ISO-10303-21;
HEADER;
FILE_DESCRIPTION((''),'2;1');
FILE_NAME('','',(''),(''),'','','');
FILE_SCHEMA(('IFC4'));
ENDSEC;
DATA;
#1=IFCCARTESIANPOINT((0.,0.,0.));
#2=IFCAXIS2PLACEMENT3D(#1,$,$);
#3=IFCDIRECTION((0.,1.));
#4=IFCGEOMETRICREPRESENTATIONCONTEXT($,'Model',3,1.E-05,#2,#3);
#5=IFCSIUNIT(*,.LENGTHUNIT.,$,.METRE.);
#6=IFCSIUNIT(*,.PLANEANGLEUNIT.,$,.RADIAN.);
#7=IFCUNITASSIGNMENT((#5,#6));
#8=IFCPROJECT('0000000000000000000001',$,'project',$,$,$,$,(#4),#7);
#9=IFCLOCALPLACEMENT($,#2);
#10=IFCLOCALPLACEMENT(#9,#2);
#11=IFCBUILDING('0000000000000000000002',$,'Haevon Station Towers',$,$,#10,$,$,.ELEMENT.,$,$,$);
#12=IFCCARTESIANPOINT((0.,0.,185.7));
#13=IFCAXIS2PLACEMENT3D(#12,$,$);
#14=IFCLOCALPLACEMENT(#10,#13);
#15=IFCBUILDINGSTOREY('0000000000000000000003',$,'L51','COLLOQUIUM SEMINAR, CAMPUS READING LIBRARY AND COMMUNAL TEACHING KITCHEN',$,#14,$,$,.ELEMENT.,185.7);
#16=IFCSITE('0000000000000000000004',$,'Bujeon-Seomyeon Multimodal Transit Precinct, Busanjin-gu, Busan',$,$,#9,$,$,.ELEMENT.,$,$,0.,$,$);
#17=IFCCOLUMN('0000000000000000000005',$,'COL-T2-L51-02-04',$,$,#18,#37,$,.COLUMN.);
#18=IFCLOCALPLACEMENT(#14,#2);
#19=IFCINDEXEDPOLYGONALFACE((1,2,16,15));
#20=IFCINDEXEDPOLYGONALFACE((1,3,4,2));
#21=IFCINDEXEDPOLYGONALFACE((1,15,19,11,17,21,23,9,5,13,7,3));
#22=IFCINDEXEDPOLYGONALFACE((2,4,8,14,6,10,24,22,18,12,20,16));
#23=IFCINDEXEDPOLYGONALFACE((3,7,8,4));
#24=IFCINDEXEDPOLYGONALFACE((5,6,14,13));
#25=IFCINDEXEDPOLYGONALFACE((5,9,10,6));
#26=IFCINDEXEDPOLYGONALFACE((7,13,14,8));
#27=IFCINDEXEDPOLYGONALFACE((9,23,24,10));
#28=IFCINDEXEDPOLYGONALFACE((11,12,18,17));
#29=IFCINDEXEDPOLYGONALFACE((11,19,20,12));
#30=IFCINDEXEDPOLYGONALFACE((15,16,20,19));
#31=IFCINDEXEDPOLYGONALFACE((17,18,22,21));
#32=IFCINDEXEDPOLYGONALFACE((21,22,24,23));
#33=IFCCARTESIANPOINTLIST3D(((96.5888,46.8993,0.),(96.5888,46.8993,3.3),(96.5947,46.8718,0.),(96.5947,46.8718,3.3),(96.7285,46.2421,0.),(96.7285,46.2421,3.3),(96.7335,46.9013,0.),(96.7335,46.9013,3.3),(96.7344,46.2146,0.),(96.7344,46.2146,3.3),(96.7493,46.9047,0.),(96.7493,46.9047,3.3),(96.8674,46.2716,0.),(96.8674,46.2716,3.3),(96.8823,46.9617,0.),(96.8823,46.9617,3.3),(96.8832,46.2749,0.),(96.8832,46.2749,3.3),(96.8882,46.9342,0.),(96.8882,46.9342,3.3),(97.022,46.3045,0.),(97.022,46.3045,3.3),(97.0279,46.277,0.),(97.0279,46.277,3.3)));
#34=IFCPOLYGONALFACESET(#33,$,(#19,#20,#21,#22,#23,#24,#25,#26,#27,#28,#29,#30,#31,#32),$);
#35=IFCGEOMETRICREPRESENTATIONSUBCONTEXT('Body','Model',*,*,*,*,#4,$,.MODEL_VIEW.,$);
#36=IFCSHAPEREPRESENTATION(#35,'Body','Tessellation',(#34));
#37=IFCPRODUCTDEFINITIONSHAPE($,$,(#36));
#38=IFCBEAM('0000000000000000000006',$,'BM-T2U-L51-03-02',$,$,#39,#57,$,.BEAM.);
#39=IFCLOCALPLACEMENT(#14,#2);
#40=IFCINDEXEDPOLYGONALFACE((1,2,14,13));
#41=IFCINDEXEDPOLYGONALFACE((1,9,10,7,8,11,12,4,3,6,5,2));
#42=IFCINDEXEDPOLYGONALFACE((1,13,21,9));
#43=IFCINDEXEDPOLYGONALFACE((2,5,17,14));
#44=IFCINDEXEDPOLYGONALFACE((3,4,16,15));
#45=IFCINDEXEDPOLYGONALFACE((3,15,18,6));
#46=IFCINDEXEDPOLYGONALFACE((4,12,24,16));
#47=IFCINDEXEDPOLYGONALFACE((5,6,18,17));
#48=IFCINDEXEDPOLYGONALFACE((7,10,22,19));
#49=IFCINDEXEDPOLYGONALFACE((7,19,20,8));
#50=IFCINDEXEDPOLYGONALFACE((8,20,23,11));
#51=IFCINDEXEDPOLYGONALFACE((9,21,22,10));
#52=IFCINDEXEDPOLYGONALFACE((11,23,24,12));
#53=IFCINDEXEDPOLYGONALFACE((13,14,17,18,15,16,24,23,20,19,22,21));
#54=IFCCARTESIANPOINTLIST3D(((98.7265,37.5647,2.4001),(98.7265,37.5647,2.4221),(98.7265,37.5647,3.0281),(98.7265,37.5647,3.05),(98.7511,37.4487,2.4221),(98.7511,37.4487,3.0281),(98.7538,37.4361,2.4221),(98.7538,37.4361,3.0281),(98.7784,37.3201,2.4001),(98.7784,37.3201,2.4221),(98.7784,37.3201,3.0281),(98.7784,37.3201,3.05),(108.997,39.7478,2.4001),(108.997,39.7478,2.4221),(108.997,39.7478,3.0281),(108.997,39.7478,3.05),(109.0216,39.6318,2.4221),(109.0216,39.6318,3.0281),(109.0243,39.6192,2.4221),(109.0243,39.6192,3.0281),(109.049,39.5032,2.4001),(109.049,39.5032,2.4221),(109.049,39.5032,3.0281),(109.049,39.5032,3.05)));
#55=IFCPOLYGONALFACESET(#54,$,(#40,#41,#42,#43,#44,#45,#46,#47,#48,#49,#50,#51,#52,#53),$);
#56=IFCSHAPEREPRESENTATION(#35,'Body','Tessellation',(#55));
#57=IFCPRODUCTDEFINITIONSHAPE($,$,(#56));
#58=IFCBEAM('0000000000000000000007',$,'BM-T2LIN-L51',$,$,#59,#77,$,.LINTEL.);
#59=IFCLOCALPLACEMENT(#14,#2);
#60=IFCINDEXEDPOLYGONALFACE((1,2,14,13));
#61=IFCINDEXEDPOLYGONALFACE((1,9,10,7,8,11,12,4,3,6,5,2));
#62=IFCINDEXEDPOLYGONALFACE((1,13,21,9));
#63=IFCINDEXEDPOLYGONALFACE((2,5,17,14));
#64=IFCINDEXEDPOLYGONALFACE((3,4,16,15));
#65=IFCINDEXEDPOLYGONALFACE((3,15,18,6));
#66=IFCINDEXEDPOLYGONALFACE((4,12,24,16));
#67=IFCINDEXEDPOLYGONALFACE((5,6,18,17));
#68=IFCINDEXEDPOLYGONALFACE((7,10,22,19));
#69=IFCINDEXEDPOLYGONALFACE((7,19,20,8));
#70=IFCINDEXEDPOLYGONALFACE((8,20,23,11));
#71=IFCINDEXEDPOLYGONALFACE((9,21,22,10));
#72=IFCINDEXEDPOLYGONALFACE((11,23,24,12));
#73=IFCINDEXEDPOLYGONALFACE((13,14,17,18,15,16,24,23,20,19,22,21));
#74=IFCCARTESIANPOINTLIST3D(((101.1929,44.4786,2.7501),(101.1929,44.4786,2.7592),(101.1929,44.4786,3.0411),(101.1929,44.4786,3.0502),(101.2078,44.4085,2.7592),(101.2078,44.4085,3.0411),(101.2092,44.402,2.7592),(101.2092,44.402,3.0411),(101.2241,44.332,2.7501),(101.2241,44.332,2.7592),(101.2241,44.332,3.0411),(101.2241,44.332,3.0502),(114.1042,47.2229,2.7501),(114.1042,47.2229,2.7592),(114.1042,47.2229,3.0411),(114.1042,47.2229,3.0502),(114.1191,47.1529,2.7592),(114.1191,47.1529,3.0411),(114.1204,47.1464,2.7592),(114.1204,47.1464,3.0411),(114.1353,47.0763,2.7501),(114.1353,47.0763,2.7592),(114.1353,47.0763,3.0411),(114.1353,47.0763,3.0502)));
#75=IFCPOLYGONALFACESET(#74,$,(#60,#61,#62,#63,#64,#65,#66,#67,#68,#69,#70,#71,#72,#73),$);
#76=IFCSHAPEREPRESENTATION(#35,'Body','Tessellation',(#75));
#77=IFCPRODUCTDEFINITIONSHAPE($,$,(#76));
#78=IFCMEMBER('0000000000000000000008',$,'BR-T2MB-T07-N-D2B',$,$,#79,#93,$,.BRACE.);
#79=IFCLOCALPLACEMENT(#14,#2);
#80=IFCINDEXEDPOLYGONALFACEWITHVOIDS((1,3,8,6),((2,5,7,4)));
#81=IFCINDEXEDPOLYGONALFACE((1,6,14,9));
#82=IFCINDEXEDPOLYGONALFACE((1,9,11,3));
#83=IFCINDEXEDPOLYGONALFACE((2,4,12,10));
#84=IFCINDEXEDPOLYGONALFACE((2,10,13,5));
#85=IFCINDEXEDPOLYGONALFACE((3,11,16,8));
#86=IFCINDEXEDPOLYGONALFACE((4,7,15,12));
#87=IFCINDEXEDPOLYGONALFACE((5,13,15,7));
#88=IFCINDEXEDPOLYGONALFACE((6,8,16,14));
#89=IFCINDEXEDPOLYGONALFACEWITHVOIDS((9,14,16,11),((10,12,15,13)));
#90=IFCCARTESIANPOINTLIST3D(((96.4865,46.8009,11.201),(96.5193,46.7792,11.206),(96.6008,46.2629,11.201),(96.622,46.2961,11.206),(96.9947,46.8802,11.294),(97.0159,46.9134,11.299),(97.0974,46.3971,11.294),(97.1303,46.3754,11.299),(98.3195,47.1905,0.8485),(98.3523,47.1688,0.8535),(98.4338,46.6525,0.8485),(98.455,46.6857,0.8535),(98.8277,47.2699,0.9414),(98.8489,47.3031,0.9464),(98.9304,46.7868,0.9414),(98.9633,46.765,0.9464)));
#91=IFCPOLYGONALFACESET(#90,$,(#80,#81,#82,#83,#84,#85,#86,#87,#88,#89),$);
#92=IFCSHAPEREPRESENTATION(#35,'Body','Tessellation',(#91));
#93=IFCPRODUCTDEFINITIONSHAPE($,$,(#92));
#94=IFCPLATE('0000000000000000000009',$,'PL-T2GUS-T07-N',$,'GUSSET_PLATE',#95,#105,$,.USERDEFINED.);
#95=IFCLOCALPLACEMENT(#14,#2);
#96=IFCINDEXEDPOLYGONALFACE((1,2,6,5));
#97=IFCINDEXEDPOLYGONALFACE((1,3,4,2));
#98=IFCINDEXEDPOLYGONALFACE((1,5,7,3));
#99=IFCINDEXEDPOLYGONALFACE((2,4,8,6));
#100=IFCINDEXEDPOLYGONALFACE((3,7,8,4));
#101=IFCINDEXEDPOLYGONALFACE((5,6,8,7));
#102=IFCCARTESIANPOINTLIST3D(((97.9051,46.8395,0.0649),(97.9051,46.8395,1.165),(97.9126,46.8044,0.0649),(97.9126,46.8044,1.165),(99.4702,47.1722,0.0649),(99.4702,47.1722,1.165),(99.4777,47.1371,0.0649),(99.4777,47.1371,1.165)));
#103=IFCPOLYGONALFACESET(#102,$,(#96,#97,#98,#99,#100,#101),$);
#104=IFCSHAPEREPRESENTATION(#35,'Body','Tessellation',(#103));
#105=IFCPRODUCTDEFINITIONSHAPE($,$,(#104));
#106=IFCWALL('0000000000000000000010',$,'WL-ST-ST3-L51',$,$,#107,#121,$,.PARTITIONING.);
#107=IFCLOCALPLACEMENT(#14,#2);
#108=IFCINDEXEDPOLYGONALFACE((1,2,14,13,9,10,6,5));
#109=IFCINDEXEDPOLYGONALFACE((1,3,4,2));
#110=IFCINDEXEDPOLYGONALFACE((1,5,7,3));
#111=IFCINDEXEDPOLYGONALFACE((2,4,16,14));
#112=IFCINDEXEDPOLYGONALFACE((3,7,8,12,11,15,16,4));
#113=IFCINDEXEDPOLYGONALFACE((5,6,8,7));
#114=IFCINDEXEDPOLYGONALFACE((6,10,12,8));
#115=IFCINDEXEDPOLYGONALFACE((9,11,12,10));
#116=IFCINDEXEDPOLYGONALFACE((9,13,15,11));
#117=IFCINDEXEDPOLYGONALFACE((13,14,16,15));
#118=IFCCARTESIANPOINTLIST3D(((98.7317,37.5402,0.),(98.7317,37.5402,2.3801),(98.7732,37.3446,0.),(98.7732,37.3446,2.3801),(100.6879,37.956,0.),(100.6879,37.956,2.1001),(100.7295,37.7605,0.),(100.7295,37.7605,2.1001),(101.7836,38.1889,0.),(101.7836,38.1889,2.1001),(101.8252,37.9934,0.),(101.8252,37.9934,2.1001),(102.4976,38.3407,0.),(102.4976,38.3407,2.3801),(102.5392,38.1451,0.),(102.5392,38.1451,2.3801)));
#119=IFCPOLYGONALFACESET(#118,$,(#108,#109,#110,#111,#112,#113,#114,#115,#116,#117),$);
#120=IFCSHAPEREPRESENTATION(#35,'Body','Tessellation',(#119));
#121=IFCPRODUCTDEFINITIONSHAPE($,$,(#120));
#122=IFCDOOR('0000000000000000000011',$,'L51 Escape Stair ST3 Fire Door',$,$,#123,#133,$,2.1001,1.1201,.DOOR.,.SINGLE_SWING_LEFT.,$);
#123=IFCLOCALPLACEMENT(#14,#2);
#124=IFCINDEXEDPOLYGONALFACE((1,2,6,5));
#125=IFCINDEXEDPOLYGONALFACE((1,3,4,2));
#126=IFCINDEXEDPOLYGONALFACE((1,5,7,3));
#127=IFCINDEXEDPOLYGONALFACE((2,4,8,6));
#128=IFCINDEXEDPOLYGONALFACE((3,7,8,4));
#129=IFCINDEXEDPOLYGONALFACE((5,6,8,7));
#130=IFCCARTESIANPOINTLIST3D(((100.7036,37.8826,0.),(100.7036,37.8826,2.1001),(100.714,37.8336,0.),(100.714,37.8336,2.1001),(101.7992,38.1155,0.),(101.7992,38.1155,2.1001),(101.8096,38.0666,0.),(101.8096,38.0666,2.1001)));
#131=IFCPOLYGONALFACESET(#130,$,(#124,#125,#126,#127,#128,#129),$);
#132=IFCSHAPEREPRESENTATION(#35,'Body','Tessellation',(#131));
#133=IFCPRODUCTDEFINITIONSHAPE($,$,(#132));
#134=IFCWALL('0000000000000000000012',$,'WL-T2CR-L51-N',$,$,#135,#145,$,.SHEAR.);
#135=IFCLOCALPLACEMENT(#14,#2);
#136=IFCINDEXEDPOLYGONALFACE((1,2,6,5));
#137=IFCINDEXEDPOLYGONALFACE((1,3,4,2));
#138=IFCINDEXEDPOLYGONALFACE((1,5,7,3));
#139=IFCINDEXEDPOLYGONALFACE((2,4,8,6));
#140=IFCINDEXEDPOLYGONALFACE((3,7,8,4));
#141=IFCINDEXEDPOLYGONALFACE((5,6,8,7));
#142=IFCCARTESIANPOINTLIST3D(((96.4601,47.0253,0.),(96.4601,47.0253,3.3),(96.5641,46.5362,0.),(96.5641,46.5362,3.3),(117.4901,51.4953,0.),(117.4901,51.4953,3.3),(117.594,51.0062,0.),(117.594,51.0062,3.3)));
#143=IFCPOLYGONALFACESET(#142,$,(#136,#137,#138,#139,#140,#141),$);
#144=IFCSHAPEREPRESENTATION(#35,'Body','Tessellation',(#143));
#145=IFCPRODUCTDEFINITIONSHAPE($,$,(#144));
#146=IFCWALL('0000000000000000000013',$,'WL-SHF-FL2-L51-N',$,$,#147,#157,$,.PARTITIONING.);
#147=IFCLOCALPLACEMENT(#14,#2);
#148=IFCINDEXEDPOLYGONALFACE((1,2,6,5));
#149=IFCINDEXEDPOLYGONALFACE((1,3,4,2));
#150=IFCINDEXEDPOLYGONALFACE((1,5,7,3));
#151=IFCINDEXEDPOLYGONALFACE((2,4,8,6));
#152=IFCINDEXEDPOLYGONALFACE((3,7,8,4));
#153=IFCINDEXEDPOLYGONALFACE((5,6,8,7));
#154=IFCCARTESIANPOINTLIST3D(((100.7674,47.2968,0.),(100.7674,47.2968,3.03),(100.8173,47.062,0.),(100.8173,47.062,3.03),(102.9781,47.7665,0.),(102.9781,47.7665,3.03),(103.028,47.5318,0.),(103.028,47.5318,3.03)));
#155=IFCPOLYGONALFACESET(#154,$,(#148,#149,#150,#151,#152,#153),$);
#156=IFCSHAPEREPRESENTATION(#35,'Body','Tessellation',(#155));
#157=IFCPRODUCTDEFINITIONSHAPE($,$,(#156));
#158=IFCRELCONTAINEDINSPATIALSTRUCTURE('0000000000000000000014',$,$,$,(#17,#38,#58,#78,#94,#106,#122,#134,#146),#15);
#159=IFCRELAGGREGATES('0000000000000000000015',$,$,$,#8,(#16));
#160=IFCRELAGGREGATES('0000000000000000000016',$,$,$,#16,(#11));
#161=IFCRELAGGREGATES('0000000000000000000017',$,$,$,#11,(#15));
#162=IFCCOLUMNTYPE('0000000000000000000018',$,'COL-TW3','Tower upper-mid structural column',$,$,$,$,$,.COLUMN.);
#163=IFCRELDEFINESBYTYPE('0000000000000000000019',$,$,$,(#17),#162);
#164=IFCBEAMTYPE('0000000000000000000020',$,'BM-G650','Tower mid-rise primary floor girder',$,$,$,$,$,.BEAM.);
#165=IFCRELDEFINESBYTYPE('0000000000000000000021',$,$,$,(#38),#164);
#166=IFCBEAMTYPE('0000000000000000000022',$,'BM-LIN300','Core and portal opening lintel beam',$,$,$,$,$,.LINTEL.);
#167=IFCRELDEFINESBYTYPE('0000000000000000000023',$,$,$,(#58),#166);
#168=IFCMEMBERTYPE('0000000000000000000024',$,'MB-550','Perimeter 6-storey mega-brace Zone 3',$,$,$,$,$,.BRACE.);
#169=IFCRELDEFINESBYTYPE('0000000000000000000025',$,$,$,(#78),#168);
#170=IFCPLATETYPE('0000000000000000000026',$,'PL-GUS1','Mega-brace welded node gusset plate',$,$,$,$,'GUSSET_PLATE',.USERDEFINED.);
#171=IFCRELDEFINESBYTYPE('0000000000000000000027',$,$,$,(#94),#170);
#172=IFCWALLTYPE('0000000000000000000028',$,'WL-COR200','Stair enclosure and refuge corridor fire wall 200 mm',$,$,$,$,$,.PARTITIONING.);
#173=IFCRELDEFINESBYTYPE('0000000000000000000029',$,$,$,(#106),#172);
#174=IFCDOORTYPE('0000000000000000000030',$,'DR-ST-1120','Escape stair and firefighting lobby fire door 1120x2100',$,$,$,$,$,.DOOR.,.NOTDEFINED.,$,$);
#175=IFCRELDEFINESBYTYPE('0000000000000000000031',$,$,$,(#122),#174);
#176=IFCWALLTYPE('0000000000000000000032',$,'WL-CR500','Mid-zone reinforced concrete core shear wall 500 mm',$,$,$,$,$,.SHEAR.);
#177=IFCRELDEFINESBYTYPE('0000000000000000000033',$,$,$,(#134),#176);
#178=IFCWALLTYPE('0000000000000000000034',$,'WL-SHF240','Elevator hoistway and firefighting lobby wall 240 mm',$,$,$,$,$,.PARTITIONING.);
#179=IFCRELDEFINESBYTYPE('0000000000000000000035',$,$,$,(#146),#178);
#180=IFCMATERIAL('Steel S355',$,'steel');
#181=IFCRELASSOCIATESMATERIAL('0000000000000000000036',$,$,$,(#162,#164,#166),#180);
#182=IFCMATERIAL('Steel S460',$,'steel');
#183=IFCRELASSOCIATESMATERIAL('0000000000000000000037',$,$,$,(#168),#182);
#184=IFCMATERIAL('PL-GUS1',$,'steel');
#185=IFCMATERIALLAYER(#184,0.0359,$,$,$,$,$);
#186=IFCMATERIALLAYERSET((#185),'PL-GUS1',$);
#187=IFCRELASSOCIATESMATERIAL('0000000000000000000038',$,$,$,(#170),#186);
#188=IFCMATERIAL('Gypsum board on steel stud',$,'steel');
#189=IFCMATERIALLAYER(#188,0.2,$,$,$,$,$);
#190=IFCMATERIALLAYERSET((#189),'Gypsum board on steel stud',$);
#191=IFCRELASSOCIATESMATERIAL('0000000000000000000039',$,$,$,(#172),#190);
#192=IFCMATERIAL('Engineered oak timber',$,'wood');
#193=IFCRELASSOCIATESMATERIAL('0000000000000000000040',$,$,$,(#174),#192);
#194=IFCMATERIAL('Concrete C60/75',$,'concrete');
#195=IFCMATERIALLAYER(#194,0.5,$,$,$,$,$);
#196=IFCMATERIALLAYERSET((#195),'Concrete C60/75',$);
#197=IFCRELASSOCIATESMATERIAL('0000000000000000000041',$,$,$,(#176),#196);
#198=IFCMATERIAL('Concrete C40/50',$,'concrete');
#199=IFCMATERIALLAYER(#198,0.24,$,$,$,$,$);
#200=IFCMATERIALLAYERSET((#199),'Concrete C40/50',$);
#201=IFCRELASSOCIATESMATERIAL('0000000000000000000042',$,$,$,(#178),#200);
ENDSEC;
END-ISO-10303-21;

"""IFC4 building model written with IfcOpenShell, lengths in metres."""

from ifc_helpers import new_model, si_unit, direction, frame, frame_2d, origin, origin_2d, place, context, subcontext, project, spatial, rectangle, hollow_rectangle, i_section, extrude, material, layer, layer_set, material_profile, profile_set, type_object, element, fill, save


model = new_model("IFC4")

# Units and contexts
model_context = context("Model", 3, precision=1e-05, world=origin(), true_north=direction((0.0, 1.0)))
body_context = subcontext(model_context, "Body", "Model", "MODEL_VIEW")
ifc_project = project(units=[si_unit("LENGTHUNIT", "METRE"), si_unit("PLANEANGLEUNIT", "RADIAN")], contexts=[model_context])

# Site, building, storey
site_placement = place(None, origin())
site = spatial("IfcSite", under=ifc_project, at=site_placement, Name="Bujeon-Seomyeon Multimodal Transit Precinct, Busanjin-gu, Busan", CompositionType="ELEMENT", RefElevation=0.0)
building_placement = place(site_placement, origin())
building = spatial("IfcBuilding", under=site, at=building_placement, Name="Haevon Station Towers", CompositionType="ELEMENT")
storey_placement = place(building_placement, frame((0.0, 0.0, 185.7)))
storey = spatial("IfcBuildingStorey", under=building, at=storey_placement, Name="L51", Description="COLLOQUIUM SEMINAR, CAMPUS READING LIBRARY AND COMMUNAL TEACHING KITCHEN", CompositionType="ELEMENT", Elevation=185.7)

# Column
ifc_material_1 = material(Name="Steel S355", Category="steel")
ifc_material_profile_1 = material_profile(ifc_material_1, i_section(OverallWidth=0.3, OverallDepth=0.7, WebThickness=0.0161, FlangeThickness=0.0281, at=origin_2d()), Name="H-700x300x16x28")
ifc_profile_set_1 = profile_set([ifc_material_profile_1], Name="Steel S355")
column_type = type_object("IfcColumnType", Name="COL-TW3", Description="Tower upper-mid structural column", PredefinedType="COLUMN", material=ifc_profile_set_1)
column_placement = place(storey_placement, frame((96.8083, 46.5881, 0.0), z_axis=(0.0, 0.0, 1.0), x_axis=(0.978148, 0.207912, 0.0)))
element("IfcColumn", 1, at=column_placement, inside=storey, type_object=column_type, Name="COL-T2-L51-02-04", PredefinedType="COLUMN", context=body_context, shape_type="SweptSolid", body=[
    extrude(i_section(OverallWidth=0.3, OverallDepth=0.7, WebThickness=0.0161, FlangeThickness=0.0281, at=origin_2d()), origin(), (0.0, 0.0, 1.0), 3.3),
])

# Beams
ifc_material_profile_2 = material_profile(ifc_material_1, i_section(OverallWidth=0.25, OverallDepth=0.6499, WebThickness=0.0129, FlangeThickness=0.022, at=origin_2d()), Name="H-650x250x13x22")
ifc_profile_set_2 = profile_set([ifc_material_profile_2], Name="Steel S355")
beam_type_1 = type_object("IfcBeamType", Name="BM-G650", Description="Tower mid-rise primary floor girder", PredefinedType="BEAM", material=ifc_profile_set_2)
beam_1_placement = place(storey_placement, frame((98.7524, 37.4424, 2.7251), z_axis=(0.978147, 0.207915, 0.0), x_axis=(-0.207915, 0.978147, 0.0)))
element("IfcBeam", 2, at=beam_1_placement, inside=storey, type_object=beam_type_1, Name="BM-T2U-L51-03-02", PredefinedType="BEAM", context=body_context, shape_type="SweptSolid", body=[
    extrude(i_section(OverallWidth=0.25, OverallDepth=0.6499, WebThickness=0.0129, FlangeThickness=0.022, at=origin_2d()), origin(), (0.0, 0.0, 1.0), 10.5),
])
ifc_material_profile_3 = material_profile(ifc_material_1, i_section(OverallWidth=0.1499, OverallDepth=0.3, WebThickness=0.0066, FlangeThickness=0.009, at=origin_2d()), Name="H-300x150x6.5x9")
ifc_profile_set_3 = profile_set([ifc_material_profile_3], Name="Steel S355")
beam_type_2 = type_object("IfcBeamType", Name="BM-LIN300", Description="Core and portal opening lintel beam", PredefinedType="LINTEL", material=ifc_profile_set_3)
beam_2_placement = place(storey_placement, frame((101.2085, 44.4053, 2.9001), z_axis=(0.978148, 0.207911, 0.0), x_axis=(-0.207911, 0.978148, 0.0)))
element("IfcBeam", 3, at=beam_2_placement, inside=storey, type_object=beam_type_2, Name="BM-T2LIN-L51", PredefinedType="LINTEL", context=body_context, shape_type="SweptSolid", body=[
    extrude(i_section(OverallWidth=0.1499, OverallDepth=0.3, WebThickness=0.0066, FlangeThickness=0.009, at=origin_2d()), origin(), (0.0, 0.0, 1.0), 13.1997),
])

# Member
ifc_material_2 = material(Name="Steel S460", Category="steel")
ifc_material_profile_4 = material_profile(ifc_material_2, hollow_rectangle(XDim=0.55, YDim=0.55, WallThickness=0.0281, at=origin_2d()), Name="RHS-550x550x28")
ifc_profile_set_4 = profile_set([ifc_material_profile_4], Name="Steel S460")
member_type = type_object("IfcMemberType", Name="MB-550", Description="Perimeter 6-storey mega-brace Zone 3", PredefinedType="BRACE", material=ifc_profile_set_4)
member_placement = place(storey_placement, frame((98.6414, 46.9778, 0.8975), z_axis=(-0.174227, -0.037036, 0.984009), x_axis=(0.207927, -0.978144, 0.0)))
element("IfcMember", 4, at=member_placement, inside=storey, type_object=member_type, Name="BR-T2MB-T07-N-D2B", PredefinedType="BRACE", context=body_context, shape_type="SweptSolid", body=[
    extrude(hollow_rectangle(XDim=0.55, YDim=0.55, WallThickness=0.0281, at=origin_2d()), origin(), (0.0, 0.0, 1.0), 10.5208),
])

# Plate
ifc_material_3 = material(Name="PL-GUS1", Category="steel")
ifc_layer_1 = layer(ifc_material_3, 0.0359)
ifc_layer_set_1 = layer_set([ifc_layer_1], Name="PL-GUS1")
plate_type = type_object("IfcPlateType", Name="PL-GUS1", Description="Mega-brace welded node gusset plate", ElementType="GUSSET_PLATE", PredefinedType="USERDEFINED", material=ifc_layer_set_1)
plate_placement = place(storey_placement, frame((98.6914, 46.9883, 0.0649), z_axis=(0.0, 0.0, 1.0), x_axis=(0.978148, 0.207912, 0.0)))
element("IfcPlate", 5, at=plate_placement, inside=storey, type_object=plate_type, Name="PL-T2GUS-T07-N", ObjectType="GUSSET_PLATE", PredefinedType="USERDEFINED", context=body_context, shape_type="SweptSolid", body=[
    extrude(rectangle(XDim=1.6001, YDim=0.0359, at=origin_2d()), origin(), (0.0, 0.0, 1.0), 1.1001),
])

# Wall, opening, door
ifc_material_4 = material(Name="Gypsum board on steel stud", Category="steel")
ifc_layer_2 = layer(ifc_material_4, 0.2)
ifc_layer_set_2 = layer_set([ifc_layer_2], Name="Gypsum board on steel stud")
wall_type_1 = type_object("IfcWallType", Name="WL-COR200", Description="Stair enclosure and refuge corridor fire wall 200 mm", PredefinedType="PARTITIONING", material=ifc_layer_set_2)
wall_1_placement = place(storey_placement, frame((98.7524, 37.4424, 0.0), z_axis=(0.0, 0.0, 1.0), x_axis=(0.978144, 0.207931, 0.0)))
wall_1 = element("IfcWall", 6, at=wall_1_placement, inside=storey, type_object=wall_type_1, Name="WL-ST-ST3-L51", PredefinedType="PARTITIONING", context=body_context, shape_type="SweptSolid", body=[
    extrude(rectangle(XDim=3.8501, YDim=0.2, at=frame_2d((1.925, 0.0))), origin(), (0.0, 0.0, 1.0), 2.3801),
])
opening_1_placement = place(wall_1_placement, frame((2.0, 0.0, 0.0)))
opening_1 = element("IfcOpeningElement", 7, at=opening_1_placement, cuts=wall_1, PredefinedType="OPENING", context=body_context, shape_type="SweptSolid", body=[
    extrude(rectangle(XDim=1.1201, YDim=2.1001, at=frame_2d((0.5601, 1.05))), frame((0.0, 0.1099, 0.0), z_axis=(0.0, -1.0, 0.0), x_axis=(1.0, 0.0, 0.0)), (0.0, 0.0, 1.0), 0.22),
])
ifc_material_5 = material(Name="Engineered oak timber", Category="wood")
door_type_1 = type_object("IfcDoorType", Name="DR-ST-1120", Description="Escape stair and firefighting lobby fire door 1120x2100", OperationType="NOTDEFINED", PredefinedType="DOOR", material=ifc_material_5)
door_1_placement = place(opening_1_placement, origin())
door_1 = element("IfcDoor", 8, at=door_1_placement, inside=storey, type_object=door_type_1, Name="L51 Escape Stair ST3 Fire Door", OperationType="SINGLE_SWING_LEFT", OverallHeight=2.1001, OverallWidth=1.1201, PredefinedType="DOOR", context=body_context, shape_type="SweptSolid", body=[
    extrude(rectangle(XDim=1.1201, YDim=2.1001, at=frame_2d((0.5601, 1.05))), frame((0.0, 0.0249, 0.0), z_axis=(0.0, -1.0, 0.0), x_axis=(1.0, 0.0, 0.0)), (0.0, 0.0, 1.0), 0.05),
])
fill(opening_1, door_1)

# Wall
ifc_material_6 = material(Name="Concrete C60/75", Category="concrete")
ifc_layer_3 = layer(ifc_material_6, 0.5)
ifc_layer_set_3 = layer_set([ifc_layer_3], Name="Concrete C60/75")
wall_type_2 = type_object("IfcWallType", Name="WL-CR500", Description="Mid-zone reinforced concrete core shear wall 500 mm", PredefinedType="SHEAR", material=ifc_layer_set_3)
wall_2_placement = place(storey_placement, frame((96.512, 46.7808, 0.0), z_axis=(0.0, 0.0, 1.0), x_axis=(0.978149, 0.207907, 0.0)))
element("IfcWall", 9, at=wall_2_placement, inside=storey, type_object=wall_type_2, Name="WL-T2CR-L51-N", PredefinedType="SHEAR", context=body_context, shape_type="SweptSolid", body=[
    extrude(rectangle(XDim=21.4998, YDim=0.5, at=frame_2d((10.75, 0.0))), origin(), (0.0, 0.0, 1.0), 3.3),
])

# Shared definitions
ifc_material_7 = material(Name="Concrete C40/50", Category="concrete")
ifc_layer_4 = layer(ifc_material_7, 0.24)
ifc_layer_set_4 = layer_set([ifc_layer_4], Name="Concrete C40/50")
wall_type_3 = type_object("IfcWallType", Name="WL-SHF240", Description="Elevator hoistway and firefighting lobby wall 240 mm", PredefinedType="PARTITIONING", material=ifc_layer_set_4)

# Wall
wall_3_placement = place(storey_placement, frame((100.7925, 47.1794, 0.0), z_axis=(0.0, 0.0, 1.0), x_axis=(0.978163, 0.207839, 0.0)))
element("IfcWall", 10, at=wall_3_placement, inside=storey, type_object=wall_type_3, Name="WL-SHF-FL2-L51-N", PredefinedType="PARTITIONING", context=body_context, shape_type="SweptSolid", body=[
    extrude(rectangle(XDim=2.26, YDim=0.24, at=frame_2d((1.1299, 0.0))), origin(), (0.0, 0.0, 1.0), 3.03),
])

save(model, "model.ifc")
